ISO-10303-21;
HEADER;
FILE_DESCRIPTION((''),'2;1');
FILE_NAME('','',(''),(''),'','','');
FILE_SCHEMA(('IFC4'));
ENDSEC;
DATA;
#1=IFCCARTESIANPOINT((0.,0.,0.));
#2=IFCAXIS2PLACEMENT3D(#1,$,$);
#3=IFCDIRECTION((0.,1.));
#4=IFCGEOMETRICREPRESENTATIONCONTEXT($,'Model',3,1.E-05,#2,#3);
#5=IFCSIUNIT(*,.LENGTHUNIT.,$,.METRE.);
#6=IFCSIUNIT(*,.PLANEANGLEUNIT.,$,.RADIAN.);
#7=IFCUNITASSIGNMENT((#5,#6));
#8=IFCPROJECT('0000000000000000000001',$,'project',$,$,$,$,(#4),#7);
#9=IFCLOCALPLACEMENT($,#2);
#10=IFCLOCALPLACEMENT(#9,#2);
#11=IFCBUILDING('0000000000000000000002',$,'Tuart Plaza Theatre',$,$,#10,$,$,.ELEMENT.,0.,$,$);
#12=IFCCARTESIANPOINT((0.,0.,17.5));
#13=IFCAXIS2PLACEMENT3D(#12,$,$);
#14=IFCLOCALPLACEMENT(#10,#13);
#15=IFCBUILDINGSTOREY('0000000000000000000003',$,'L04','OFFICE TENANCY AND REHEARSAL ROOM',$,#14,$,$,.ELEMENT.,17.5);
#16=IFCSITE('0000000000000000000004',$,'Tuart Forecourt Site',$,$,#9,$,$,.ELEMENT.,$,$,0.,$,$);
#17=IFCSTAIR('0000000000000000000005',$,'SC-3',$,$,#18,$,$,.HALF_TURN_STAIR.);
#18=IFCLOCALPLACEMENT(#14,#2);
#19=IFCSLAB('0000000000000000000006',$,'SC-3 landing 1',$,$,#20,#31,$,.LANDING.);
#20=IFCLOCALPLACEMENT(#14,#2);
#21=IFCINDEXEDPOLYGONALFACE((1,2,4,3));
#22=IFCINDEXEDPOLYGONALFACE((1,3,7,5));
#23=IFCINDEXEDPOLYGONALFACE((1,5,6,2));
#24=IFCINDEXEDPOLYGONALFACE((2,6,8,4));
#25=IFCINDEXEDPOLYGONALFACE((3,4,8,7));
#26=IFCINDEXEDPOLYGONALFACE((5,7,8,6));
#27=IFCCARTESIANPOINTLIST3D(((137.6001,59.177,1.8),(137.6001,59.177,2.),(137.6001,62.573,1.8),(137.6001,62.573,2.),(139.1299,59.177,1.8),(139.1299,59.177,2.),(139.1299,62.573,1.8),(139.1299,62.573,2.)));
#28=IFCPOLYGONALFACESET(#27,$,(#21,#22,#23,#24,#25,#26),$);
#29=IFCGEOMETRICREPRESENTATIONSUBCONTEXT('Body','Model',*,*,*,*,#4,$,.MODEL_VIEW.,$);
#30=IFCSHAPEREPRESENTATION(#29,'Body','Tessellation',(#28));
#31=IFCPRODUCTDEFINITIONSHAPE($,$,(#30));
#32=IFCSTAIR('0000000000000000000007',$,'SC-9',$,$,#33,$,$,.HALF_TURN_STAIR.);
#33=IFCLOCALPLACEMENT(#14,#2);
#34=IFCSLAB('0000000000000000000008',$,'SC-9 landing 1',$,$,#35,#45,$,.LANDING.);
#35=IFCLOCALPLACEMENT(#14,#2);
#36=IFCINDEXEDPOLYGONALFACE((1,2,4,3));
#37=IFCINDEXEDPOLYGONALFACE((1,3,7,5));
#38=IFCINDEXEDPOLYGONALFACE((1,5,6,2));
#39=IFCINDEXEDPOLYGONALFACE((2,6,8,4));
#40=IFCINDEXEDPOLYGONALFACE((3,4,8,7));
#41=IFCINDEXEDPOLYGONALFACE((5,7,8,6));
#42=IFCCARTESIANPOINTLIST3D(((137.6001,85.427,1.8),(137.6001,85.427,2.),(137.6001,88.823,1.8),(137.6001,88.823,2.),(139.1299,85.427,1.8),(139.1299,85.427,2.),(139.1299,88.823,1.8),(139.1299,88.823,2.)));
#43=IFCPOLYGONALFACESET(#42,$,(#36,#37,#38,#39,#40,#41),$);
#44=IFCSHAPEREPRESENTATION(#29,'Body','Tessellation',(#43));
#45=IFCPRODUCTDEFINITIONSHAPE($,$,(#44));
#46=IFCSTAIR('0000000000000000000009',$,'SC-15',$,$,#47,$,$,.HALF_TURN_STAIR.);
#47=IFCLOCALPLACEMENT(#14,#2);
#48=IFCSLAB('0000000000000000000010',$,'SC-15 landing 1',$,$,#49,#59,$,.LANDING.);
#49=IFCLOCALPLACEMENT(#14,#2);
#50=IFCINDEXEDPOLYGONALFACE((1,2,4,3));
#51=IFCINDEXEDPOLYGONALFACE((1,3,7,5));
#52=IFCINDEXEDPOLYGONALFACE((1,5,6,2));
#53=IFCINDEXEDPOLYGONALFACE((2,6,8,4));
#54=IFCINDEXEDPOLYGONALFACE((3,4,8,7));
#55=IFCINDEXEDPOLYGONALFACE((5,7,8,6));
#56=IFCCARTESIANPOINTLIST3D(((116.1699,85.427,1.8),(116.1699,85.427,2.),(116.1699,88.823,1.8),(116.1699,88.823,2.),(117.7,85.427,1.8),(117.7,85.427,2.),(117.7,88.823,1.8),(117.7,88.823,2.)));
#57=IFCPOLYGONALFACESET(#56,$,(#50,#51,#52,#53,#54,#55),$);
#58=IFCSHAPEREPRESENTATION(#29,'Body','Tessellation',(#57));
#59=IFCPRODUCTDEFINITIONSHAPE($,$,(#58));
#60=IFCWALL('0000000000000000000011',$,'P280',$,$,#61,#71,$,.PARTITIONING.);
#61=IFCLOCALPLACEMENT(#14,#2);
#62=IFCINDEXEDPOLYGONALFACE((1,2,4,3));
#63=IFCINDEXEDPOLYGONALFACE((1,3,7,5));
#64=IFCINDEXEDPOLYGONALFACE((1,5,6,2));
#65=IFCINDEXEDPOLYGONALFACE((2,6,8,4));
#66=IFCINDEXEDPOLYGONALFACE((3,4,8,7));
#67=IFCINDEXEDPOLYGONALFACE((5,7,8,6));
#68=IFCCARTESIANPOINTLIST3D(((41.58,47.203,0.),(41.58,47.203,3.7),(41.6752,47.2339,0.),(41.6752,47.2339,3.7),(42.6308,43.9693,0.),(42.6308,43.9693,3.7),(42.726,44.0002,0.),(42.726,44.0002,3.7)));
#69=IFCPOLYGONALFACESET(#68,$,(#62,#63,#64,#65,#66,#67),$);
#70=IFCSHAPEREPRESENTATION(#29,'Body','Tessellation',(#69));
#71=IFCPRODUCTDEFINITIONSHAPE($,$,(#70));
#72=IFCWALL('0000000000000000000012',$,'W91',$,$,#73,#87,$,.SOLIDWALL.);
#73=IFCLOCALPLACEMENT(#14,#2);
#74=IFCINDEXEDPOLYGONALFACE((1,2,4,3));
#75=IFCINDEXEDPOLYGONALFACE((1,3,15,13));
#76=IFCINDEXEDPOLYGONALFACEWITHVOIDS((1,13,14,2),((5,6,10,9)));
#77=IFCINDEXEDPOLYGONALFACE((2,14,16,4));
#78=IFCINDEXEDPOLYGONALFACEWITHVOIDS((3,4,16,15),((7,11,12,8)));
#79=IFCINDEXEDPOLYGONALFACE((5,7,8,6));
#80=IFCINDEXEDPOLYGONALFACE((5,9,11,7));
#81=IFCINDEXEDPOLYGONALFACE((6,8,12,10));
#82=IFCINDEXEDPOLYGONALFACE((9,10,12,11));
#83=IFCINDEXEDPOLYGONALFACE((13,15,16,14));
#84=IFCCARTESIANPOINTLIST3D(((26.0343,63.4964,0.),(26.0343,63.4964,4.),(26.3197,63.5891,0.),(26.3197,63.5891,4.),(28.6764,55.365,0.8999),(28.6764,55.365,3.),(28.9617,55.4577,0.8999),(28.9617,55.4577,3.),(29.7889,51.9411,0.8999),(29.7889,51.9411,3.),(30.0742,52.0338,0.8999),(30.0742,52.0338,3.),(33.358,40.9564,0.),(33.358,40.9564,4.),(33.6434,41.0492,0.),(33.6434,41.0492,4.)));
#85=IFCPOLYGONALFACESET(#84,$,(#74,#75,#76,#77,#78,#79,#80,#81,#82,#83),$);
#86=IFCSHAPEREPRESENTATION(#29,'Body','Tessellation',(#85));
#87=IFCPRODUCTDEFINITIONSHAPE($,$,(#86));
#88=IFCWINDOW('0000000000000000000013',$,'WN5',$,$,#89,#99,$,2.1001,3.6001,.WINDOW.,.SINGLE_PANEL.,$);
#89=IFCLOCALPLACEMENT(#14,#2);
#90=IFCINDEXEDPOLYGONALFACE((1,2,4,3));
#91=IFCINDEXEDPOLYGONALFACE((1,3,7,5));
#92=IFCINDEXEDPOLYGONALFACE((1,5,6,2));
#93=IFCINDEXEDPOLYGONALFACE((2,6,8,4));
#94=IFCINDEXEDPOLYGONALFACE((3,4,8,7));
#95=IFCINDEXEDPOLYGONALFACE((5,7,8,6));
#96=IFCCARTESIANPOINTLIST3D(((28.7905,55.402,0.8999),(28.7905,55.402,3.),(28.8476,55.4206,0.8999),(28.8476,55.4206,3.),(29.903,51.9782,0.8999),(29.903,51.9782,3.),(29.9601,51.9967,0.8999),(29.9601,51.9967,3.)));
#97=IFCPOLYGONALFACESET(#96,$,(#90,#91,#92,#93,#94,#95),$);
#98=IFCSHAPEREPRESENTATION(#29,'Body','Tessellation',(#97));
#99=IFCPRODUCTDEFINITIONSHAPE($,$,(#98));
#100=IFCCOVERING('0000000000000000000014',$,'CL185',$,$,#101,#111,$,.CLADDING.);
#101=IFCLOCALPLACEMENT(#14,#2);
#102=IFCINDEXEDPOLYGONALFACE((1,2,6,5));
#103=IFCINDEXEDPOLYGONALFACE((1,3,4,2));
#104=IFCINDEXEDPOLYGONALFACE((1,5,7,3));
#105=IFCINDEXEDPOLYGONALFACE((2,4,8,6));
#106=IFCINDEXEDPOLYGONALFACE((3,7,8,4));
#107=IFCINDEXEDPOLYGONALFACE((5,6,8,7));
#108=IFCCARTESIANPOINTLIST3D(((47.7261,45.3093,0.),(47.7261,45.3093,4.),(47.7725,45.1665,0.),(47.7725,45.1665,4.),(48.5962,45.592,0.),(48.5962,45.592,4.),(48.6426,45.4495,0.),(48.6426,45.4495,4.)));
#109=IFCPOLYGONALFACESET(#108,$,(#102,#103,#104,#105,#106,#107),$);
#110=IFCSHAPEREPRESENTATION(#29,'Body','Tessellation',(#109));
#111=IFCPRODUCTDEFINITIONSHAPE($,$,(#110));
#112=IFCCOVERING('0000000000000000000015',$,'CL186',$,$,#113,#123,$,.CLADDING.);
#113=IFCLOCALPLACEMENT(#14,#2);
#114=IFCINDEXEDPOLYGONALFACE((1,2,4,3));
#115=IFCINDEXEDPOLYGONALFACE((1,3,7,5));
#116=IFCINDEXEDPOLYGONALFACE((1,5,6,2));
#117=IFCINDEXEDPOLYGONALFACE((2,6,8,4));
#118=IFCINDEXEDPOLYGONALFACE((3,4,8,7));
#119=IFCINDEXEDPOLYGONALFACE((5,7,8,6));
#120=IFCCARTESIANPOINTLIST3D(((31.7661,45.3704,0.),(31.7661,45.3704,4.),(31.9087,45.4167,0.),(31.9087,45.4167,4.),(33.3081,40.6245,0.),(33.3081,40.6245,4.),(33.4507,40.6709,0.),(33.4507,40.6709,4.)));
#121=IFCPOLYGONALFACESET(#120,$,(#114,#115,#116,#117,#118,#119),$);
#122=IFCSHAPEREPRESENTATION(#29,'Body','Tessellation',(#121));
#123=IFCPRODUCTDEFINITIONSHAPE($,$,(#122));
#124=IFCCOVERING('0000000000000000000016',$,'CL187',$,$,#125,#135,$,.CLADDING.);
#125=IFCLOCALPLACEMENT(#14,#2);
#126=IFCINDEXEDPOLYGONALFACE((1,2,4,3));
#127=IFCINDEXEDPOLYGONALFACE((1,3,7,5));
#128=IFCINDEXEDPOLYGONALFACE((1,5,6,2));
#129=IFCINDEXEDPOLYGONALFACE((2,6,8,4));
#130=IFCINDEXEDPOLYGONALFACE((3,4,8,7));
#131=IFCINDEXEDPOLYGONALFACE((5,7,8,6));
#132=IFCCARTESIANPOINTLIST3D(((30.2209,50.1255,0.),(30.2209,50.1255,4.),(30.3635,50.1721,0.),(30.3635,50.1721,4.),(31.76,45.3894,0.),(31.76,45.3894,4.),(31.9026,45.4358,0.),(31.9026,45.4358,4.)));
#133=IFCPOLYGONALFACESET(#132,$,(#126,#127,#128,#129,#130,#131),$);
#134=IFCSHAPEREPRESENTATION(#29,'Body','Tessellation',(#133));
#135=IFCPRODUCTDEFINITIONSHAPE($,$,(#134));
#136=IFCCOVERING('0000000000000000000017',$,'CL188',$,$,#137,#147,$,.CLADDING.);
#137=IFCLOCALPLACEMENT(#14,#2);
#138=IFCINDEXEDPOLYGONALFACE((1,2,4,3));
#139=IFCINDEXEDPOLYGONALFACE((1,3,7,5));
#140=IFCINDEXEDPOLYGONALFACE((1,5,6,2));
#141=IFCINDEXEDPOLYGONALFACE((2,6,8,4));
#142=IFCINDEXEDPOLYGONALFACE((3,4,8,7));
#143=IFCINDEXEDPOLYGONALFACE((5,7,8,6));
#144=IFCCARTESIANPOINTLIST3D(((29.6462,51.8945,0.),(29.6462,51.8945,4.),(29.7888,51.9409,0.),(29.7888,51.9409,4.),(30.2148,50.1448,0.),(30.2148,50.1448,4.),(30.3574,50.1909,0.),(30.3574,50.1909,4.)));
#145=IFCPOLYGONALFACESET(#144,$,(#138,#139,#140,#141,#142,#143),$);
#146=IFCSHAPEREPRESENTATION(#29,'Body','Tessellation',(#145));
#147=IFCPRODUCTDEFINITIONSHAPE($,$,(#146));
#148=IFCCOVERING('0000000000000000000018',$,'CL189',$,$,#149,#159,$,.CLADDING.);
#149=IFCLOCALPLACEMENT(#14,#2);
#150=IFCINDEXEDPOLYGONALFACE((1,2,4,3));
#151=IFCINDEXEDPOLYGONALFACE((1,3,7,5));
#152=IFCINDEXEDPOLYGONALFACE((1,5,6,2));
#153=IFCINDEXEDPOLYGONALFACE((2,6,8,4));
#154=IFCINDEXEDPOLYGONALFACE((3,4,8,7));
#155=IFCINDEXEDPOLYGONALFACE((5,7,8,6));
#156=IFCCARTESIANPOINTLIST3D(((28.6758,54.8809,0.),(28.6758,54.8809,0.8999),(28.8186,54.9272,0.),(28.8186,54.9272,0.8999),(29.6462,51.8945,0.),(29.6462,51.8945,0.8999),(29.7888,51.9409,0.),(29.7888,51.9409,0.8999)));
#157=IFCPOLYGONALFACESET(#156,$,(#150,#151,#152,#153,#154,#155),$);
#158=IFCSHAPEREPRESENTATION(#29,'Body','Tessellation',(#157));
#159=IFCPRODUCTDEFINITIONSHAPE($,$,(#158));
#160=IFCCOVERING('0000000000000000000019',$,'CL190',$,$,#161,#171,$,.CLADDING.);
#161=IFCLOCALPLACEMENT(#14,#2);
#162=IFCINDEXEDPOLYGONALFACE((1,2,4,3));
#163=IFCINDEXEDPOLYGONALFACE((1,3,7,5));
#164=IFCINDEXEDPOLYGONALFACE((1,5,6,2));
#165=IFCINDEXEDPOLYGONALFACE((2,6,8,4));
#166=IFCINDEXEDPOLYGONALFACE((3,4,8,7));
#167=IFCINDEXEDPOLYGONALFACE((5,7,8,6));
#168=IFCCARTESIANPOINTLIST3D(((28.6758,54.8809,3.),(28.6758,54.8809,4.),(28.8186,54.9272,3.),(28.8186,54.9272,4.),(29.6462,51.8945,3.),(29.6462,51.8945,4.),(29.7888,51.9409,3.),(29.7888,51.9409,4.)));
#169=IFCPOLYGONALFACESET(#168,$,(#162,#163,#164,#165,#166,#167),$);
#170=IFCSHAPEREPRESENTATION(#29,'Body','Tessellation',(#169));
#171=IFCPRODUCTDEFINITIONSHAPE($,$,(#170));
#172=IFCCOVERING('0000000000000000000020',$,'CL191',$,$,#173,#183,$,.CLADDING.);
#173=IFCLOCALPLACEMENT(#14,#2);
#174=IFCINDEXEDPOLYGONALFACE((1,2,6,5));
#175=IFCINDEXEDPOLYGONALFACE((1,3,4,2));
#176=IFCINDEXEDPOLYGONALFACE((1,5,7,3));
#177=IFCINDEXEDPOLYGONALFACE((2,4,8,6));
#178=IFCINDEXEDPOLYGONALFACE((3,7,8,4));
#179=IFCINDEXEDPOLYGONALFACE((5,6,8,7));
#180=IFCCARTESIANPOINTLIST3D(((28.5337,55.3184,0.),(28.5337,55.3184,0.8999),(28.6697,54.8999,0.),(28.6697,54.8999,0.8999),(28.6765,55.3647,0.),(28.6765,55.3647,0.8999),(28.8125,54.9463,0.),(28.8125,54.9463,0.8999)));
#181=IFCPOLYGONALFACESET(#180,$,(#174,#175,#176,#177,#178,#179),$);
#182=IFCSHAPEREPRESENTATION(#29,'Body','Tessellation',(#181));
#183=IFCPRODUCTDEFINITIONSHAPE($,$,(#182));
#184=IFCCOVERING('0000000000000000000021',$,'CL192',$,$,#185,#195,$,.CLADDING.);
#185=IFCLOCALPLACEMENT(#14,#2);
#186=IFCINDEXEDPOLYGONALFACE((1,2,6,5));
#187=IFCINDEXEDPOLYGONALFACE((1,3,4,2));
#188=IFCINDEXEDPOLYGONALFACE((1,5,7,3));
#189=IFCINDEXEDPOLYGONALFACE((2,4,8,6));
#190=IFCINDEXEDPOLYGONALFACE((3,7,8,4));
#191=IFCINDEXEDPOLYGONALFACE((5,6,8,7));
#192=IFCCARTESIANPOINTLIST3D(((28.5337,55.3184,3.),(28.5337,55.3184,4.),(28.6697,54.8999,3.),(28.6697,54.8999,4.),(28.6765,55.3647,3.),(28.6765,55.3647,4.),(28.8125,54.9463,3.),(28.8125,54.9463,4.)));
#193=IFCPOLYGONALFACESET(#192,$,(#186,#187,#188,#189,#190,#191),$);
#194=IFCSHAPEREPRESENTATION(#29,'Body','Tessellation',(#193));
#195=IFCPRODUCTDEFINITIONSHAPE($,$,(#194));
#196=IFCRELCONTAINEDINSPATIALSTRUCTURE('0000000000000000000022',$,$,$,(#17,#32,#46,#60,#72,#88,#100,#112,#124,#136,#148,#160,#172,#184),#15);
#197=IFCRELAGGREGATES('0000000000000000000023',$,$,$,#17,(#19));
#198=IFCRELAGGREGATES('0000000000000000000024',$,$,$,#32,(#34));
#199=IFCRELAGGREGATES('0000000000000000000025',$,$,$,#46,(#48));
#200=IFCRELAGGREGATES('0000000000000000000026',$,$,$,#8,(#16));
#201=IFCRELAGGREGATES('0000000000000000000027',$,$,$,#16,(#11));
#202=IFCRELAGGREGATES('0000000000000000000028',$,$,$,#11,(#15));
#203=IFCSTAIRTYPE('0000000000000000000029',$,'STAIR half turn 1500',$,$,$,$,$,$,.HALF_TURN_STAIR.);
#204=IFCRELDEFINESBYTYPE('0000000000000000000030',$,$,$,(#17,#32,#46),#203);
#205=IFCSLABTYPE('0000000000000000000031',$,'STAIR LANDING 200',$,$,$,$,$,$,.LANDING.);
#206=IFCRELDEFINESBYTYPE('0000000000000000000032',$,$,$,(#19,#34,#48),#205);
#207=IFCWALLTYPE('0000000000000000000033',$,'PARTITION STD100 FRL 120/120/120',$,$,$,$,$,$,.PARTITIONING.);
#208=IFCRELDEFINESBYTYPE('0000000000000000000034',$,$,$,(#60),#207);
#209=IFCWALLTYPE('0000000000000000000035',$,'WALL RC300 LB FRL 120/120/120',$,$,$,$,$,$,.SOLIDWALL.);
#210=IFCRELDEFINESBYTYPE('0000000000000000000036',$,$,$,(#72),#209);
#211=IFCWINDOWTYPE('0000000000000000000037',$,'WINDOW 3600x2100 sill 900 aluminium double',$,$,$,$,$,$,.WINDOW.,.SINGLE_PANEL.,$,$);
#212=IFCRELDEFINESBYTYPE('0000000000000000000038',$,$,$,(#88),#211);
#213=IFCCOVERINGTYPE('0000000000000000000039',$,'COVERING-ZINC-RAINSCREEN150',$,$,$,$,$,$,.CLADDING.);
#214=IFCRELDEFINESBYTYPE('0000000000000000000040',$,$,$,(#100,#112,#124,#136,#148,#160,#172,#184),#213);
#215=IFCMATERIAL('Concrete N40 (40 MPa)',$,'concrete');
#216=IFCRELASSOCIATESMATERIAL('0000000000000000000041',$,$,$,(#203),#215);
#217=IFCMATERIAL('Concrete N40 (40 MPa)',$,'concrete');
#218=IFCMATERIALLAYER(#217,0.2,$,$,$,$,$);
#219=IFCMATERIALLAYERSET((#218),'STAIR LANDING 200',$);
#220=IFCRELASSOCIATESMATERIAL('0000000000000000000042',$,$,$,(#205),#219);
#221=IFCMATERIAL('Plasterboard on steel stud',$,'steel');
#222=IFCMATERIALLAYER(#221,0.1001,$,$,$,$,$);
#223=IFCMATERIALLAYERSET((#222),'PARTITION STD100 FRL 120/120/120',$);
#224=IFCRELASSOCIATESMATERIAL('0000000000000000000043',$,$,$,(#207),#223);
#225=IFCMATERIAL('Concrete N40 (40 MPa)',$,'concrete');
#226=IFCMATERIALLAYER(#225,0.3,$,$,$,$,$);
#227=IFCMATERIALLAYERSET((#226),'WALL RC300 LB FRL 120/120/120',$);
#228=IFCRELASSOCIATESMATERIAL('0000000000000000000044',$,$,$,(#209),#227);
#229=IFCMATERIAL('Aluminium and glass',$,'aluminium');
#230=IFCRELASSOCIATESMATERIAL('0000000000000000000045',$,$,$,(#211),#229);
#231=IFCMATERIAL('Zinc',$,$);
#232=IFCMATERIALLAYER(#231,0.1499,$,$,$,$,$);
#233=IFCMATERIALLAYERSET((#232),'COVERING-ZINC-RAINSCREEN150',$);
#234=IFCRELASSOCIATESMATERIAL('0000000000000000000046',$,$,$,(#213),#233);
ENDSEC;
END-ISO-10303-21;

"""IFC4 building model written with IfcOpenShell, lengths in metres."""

from ifc_helpers import new_model, si_unit, direction, frame, frame_2d, origin, place, context, subcontext, project, spatial, polyline, rectangle, outline, extrude, material, layer, layer_set, type_object, element, fill, aggregate, save


model = new_model("IFC4")

# Units and contexts
model_context = context("Model", 3, precision=1e-05, world=origin(), true_north=direction((0.0, 1.0)))
body_context = subcontext(model_context, "Body", "Model", "MODEL_VIEW")
ifc_project = project(units=[si_unit("LENGTHUNIT", "METRE"), si_unit("PLANEANGLEUNIT", "RADIAN")], contexts=[model_context])

# Site, building, storey
site_placement = place(None, origin())
site = spatial("IfcSite", under=ifc_project, at=site_placement, Name="Tuart Forecourt Site", CompositionType="ELEMENT", RefElevation=0.0)
building_placement = place(site_placement, origin())
building = spatial("IfcBuilding", under=site, at=building_placement, Name="Tuart Plaza Theatre", CompositionType="ELEMENT", ElevationOfRefHeight=0.0)
storey_placement = place(building_placement, frame((0.0, 0.0, 17.5)))
storey = spatial("IfcBuildingStorey", under=building, at=storey_placement, Name="L04", Description="OFFICE TENANCY AND REHEARSAL ROOM", CompositionType="ELEMENT", Elevation=17.5)

# Stairs, slabs
ifc_material_1 = material(Name="Concrete N40 (40 MPa)", Category="concrete")
stair_type = type_object("IfcStairType", Name="STAIR half turn 1500", PredefinedType="HALF_TURN_STAIR", material=ifc_material_1)
stair_1_placement = place(storey_placement, origin())
stair_1 = element("IfcStair", 1, at=stair_1_placement, inside=storey, type_object=stair_type, Name="SC-3", PredefinedType="HALF_TURN_STAIR")
ifc_material_2 = material(Name="Concrete N40 (40 MPa)", Category="concrete")
ifc_layer_1 = layer(ifc_material_2, 0.2)
ifc_layer_set_1 = layer_set([ifc_layer_1], Name="STAIR LANDING 200")
slab_type = type_object("IfcSlabType", Name="STAIR LANDING 200", PredefinedType="LANDING", material=ifc_layer_set_1)
slab_1_placement = place(storey_placement, frame((0.0, 0.0, 1.8)))
slab_1 = element("IfcSlab", 2, at=slab_1_placement, type_object=slab_type, Name="SC-3 landing 1", PredefinedType="LANDING", context=body_context, shape_type="SweptSolid", body=[
    extrude(outline(polyline([(137.6001, 59.177), (139.1299, 59.177), (139.1299, 62.573), (137.6001, 62.573), (137.6001, 59.177)])), origin(), (0.0, 0.0, 1.0), 0.2),
])
aggregate(stair_1, [slab_1])
stair_2_placement = place(storey_placement, origin())
stair_2 = element("IfcStair", 3, at=stair_2_placement, inside=storey, type_object=stair_type, Name="SC-9", PredefinedType="HALF_TURN_STAIR")
slab_2_placement = place(storey_placement, frame((0.0, 0.0, 1.8)))
slab_2 = element("IfcSlab", 4, at=slab_2_placement, type_object=slab_type, Name="SC-9 landing 1", PredefinedType="LANDING", context=body_context, shape_type="SweptSolid", body=[
    extrude(outline(polyline([(137.6001, 85.427), (139.1299, 85.427), (139.1299, 88.823), (137.6001, 88.823), (137.6001, 85.427)])), origin(), (0.0, 0.0, 1.0), 0.2),
])
aggregate(stair_2, [slab_2])
stair_3_placement = place(storey_placement, origin())
stair_3 = element("IfcStair", 5, at=stair_3_placement, inside=storey, type_object=stair_type, Name="SC-15", PredefinedType="HALF_TURN_STAIR")
slab_3_placement = place(storey_placement, frame((0.0, 0.0, 1.8)))
slab_3 = element("IfcSlab", 6, at=slab_3_placement, type_object=slab_type, Name="SC-15 landing 1", PredefinedType="LANDING", context=body_context, shape_type="SweptSolid", body=[
    extrude(outline(polyline([(117.7, 88.823), (116.1699, 88.823), (116.1699, 85.427), (117.7, 85.427), (117.7, 88.823)])), origin(), (0.0, 0.0, 1.0), 0.2),
])
aggregate(stair_3, [slab_3])

# Wall
ifc_material_3 = material(Name="Plasterboard on steel stud", Category="steel")
ifc_layer_2 = layer(ifc_material_3, 0.1001)
ifc_layer_set_2 = layer_set([ifc_layer_2], Name="PARTITION STD100 FRL 120/120/120")
wall_type_1 = type_object("IfcWallType", Name="PARTITION STD100 FRL 120/120/120", PredefinedType="PARTITIONING", material=ifc_layer_set_2)
wall_1_placement = place(storey_placement, frame((42.6785, 43.9846, 0.0), z_axis=(0.0, 0.0, 1.0), x_axis=(-0.309045, 0.951047, 0.0)))
element("IfcWall", 7, at=wall_1_placement, inside=storey, type_object=wall_type_1, Name="P280", PredefinedType="PARTITIONING", context=body_context, shape_type="SweptSolid", body=[
    extrude(rectangle(XDim=3.4001, YDim=0.1001, at=frame_2d((1.7002, 0.0))), origin(), (0.0, 0.0, 1.0), 3.7),
])

# Wall, opening, window
ifc_material_4 = material(Name="Concrete N40 (40 MPa)", Category="concrete")
ifc_layer_3 = layer(ifc_material_4, 0.3)
ifc_layer_set_3 = layer_set([ifc_layer_3], Name="WALL RC300 LB FRL 120/120/120")
wall_type_2 = type_object("IfcWallType", Name="WALL RC300 LB FRL 120/120/120", PredefinedType="SOLIDWALL", material=ifc_layer_set_3)
wall_2_placement = place(storey_placement, frame((33.5007, 41.0027, 0.0), z_axis=(0.0, 0.0, 1.0), x_axis=(-0.309018, 0.951056, 0.0)))
wall_2 = element("IfcWall", 8, at=wall_2_placement, inside=storey, type_object=wall_type_2, Name="W91", PredefinedType="SOLIDWALL", context=body_context, shape_type="SweptSolid", body=[
    extrude(rectangle(XDim=23.7, YDim=0.3, at=frame_2d((11.8501, 0.0))), origin(), (0.0, 0.0, 1.0), 4.0),
])
opening_placement = place(wall_2_placement, frame((11.55, 0.0, 0.8999)))
opening = element("IfcOpeningElement", 9, at=opening_placement, cuts=wall_2, PredefinedType="OPENING", context=body_context, shape_type="SweptSolid", body=[
    extrude(rectangle(XDim=3.6001, YDim=2.1001, at=frame_2d((1.8, 1.05))), frame((0.0, 0.1599, 0.0), z_axis=(0.0, -1.0, 0.0), x_axis=(1.0, 0.0, 0.0)), (0.0, 0.0, 1.0), 0.3201),
])
ifc_material_5 = material(Name="Aluminium and glass", Category="aluminium")
window_type = type_object("IfcWindowType", Name="WINDOW 3600x2100 sill 900 aluminium double", PartitioningType="SINGLE_PANEL", PredefinedType="WINDOW", material=ifc_material_5)
window_placement = place(opening_placement, origin())
window = element("IfcWindow", 10, at=window_placement, inside=storey, type_object=window_type, Name="WN5", OverallHeight=2.1001, OverallWidth=3.6001, PartitioningType="SINGLE_PANEL", PredefinedType="WINDOW", context=body_context, shape_type="SweptSolid", body=[
    extrude(rectangle(XDim=3.6001, YDim=2.1001, at=frame_2d((1.8, 1.05))), frame((0.0, 0.03, 0.0), z_axis=(0.0, -1.0, 0.0), x_axis=(1.0, 0.0, 0.0)), (0.0, 0.0, 1.0), 0.0601),
])
fill(opening, window)

# Coverings
ifc_material_6 = material(Name="Zinc")
ifc_layer_4 = layer(ifc_material_6, 0.1499)
ifc_layer_set_4 = layer_set([ifc_layer_4], Name="COVERING-ZINC-RAINSCREEN150")
covering_type = type_object("IfcCoveringType", Name="COVERING-ZINC-RAINSCREEN150", PredefinedType="CLADDING", material=ifc_layer_set_4)
covering_1_placement = place(storey_placement, origin())
element("IfcCovering", 11, at=covering_1_placement, inside=storey, type_object=covering_type, Name="CL185", PredefinedType="CLADDING", context=body_context, shape_type="SweptSolid", body=[
    extrude(outline(polyline([(47.7261, 45.3093), (48.5962, 45.592), (48.6426, 45.4495), (47.7725, 45.1665), (47.7261, 45.3093)])), origin(), (0.0, 0.0, 1.0), 4.0),
])
covering_2_placement = place(storey_placement, origin())
element("IfcCovering", 12, at=covering_2_placement, inside=storey, type_object=covering_type, Name="CL186", PredefinedType="CLADDING", context=body_context, shape_type="SweptSolid", body=[
    extrude(outline(polyline([(33.3081, 40.6245), (31.7661, 45.3704), (31.9087, 45.4167), (33.4507, 40.6709), (33.3081, 40.6245)])), origin(), (0.0, 0.0, 1.0), 4.0),
])
covering_3_placement = place(storey_placement, origin())
element("IfcCovering", 13, at=covering_3_placement, inside=storey, type_object=covering_type, Name="CL187", PredefinedType="CLADDING", context=body_context, shape_type="SweptSolid", body=[
    extrude(outline(polyline([(31.76, 45.3894), (30.2209, 50.1255), (30.3635, 50.1721), (31.9026, 45.4358), (31.76, 45.3894)])), origin(), (0.0, 0.0, 1.0), 4.0),
])
covering_4_placement = place(storey_placement, origin())
element("IfcCovering", 14, at=covering_4_placement, inside=storey, type_object=covering_type, Name="CL188", PredefinedType="CLADDING", context=body_context, shape_type="SweptSolid", body=[
    extrude(outline(polyline([(30.2148, 50.1448), (29.6462, 51.8945), (29.7888, 51.9409), (30.3574, 50.1909), (30.2148, 50.1448)])), origin(), (0.0, 0.0, 1.0), 4.0),
])
covering_5_placement = place(storey_placement, origin())
element("IfcCovering", 15, at=covering_5_placement, inside=storey, type_object=covering_type, Name="CL189", PredefinedType="CLADDING", context=body_context, shape_type="SweptSolid", body=[
    extrude(outline(polyline([(29.6462, 51.8945), (28.6758, 54.8809), (28.8186, 54.9272), (29.7888, 51.9409), (29.6462, 51.8945)])), origin(), (0.0, 0.0, 1.0), 0.8999),
])
covering_6_placement = place(storey_placement, frame((0.0, 0.0, 3.0)))
element("IfcCovering", 16, at=covering_6_placement, inside=storey, type_object=covering_type, Name="CL190", PredefinedType="CLADDING", context=body_context, shape_type="SweptSolid", body=[
    extrude(outline(polyline([(29.6462, 51.8945), (28.6758, 54.8809), (28.8186, 54.9272), (29.7888, 51.9409), (29.6462, 51.8945)])), origin(), (0.0, 0.0, 1.0), 1.0),
])
covering_7_placement = place(storey_placement, origin())
element("IfcCovering", 17, at=covering_7_placement, inside=storey, type_object=covering_type, Name="CL191", PredefinedType="CLADDING", context=body_context, shape_type="SweptSolid", body=[
    extrude(outline(polyline([(28.6697, 54.8999), (28.5337, 55.3184), (28.6765, 55.3647), (28.8125, 54.9463), (28.6697, 54.8999)])), origin(), (0.0, 0.0, 1.0), 0.8999),
])
covering_8_placement = place(storey_placement, frame((0.0, 0.0, 3.0)))
element("IfcCovering", 18, at=covering_8_placement, inside=storey, type_object=covering_type, Name="CL192", PredefinedType="CLADDING", context=body_context, shape_type="SweptSolid", body=[
    extrude(outline(polyline([(28.6697, 54.8999), (28.5337, 55.3184), (28.6765, 55.3647), (28.8125, 54.9463), (28.6697, 54.8999)])), origin(), (0.0, 0.0, 1.0), 1.0),
])

save(model, "model.ifc")
